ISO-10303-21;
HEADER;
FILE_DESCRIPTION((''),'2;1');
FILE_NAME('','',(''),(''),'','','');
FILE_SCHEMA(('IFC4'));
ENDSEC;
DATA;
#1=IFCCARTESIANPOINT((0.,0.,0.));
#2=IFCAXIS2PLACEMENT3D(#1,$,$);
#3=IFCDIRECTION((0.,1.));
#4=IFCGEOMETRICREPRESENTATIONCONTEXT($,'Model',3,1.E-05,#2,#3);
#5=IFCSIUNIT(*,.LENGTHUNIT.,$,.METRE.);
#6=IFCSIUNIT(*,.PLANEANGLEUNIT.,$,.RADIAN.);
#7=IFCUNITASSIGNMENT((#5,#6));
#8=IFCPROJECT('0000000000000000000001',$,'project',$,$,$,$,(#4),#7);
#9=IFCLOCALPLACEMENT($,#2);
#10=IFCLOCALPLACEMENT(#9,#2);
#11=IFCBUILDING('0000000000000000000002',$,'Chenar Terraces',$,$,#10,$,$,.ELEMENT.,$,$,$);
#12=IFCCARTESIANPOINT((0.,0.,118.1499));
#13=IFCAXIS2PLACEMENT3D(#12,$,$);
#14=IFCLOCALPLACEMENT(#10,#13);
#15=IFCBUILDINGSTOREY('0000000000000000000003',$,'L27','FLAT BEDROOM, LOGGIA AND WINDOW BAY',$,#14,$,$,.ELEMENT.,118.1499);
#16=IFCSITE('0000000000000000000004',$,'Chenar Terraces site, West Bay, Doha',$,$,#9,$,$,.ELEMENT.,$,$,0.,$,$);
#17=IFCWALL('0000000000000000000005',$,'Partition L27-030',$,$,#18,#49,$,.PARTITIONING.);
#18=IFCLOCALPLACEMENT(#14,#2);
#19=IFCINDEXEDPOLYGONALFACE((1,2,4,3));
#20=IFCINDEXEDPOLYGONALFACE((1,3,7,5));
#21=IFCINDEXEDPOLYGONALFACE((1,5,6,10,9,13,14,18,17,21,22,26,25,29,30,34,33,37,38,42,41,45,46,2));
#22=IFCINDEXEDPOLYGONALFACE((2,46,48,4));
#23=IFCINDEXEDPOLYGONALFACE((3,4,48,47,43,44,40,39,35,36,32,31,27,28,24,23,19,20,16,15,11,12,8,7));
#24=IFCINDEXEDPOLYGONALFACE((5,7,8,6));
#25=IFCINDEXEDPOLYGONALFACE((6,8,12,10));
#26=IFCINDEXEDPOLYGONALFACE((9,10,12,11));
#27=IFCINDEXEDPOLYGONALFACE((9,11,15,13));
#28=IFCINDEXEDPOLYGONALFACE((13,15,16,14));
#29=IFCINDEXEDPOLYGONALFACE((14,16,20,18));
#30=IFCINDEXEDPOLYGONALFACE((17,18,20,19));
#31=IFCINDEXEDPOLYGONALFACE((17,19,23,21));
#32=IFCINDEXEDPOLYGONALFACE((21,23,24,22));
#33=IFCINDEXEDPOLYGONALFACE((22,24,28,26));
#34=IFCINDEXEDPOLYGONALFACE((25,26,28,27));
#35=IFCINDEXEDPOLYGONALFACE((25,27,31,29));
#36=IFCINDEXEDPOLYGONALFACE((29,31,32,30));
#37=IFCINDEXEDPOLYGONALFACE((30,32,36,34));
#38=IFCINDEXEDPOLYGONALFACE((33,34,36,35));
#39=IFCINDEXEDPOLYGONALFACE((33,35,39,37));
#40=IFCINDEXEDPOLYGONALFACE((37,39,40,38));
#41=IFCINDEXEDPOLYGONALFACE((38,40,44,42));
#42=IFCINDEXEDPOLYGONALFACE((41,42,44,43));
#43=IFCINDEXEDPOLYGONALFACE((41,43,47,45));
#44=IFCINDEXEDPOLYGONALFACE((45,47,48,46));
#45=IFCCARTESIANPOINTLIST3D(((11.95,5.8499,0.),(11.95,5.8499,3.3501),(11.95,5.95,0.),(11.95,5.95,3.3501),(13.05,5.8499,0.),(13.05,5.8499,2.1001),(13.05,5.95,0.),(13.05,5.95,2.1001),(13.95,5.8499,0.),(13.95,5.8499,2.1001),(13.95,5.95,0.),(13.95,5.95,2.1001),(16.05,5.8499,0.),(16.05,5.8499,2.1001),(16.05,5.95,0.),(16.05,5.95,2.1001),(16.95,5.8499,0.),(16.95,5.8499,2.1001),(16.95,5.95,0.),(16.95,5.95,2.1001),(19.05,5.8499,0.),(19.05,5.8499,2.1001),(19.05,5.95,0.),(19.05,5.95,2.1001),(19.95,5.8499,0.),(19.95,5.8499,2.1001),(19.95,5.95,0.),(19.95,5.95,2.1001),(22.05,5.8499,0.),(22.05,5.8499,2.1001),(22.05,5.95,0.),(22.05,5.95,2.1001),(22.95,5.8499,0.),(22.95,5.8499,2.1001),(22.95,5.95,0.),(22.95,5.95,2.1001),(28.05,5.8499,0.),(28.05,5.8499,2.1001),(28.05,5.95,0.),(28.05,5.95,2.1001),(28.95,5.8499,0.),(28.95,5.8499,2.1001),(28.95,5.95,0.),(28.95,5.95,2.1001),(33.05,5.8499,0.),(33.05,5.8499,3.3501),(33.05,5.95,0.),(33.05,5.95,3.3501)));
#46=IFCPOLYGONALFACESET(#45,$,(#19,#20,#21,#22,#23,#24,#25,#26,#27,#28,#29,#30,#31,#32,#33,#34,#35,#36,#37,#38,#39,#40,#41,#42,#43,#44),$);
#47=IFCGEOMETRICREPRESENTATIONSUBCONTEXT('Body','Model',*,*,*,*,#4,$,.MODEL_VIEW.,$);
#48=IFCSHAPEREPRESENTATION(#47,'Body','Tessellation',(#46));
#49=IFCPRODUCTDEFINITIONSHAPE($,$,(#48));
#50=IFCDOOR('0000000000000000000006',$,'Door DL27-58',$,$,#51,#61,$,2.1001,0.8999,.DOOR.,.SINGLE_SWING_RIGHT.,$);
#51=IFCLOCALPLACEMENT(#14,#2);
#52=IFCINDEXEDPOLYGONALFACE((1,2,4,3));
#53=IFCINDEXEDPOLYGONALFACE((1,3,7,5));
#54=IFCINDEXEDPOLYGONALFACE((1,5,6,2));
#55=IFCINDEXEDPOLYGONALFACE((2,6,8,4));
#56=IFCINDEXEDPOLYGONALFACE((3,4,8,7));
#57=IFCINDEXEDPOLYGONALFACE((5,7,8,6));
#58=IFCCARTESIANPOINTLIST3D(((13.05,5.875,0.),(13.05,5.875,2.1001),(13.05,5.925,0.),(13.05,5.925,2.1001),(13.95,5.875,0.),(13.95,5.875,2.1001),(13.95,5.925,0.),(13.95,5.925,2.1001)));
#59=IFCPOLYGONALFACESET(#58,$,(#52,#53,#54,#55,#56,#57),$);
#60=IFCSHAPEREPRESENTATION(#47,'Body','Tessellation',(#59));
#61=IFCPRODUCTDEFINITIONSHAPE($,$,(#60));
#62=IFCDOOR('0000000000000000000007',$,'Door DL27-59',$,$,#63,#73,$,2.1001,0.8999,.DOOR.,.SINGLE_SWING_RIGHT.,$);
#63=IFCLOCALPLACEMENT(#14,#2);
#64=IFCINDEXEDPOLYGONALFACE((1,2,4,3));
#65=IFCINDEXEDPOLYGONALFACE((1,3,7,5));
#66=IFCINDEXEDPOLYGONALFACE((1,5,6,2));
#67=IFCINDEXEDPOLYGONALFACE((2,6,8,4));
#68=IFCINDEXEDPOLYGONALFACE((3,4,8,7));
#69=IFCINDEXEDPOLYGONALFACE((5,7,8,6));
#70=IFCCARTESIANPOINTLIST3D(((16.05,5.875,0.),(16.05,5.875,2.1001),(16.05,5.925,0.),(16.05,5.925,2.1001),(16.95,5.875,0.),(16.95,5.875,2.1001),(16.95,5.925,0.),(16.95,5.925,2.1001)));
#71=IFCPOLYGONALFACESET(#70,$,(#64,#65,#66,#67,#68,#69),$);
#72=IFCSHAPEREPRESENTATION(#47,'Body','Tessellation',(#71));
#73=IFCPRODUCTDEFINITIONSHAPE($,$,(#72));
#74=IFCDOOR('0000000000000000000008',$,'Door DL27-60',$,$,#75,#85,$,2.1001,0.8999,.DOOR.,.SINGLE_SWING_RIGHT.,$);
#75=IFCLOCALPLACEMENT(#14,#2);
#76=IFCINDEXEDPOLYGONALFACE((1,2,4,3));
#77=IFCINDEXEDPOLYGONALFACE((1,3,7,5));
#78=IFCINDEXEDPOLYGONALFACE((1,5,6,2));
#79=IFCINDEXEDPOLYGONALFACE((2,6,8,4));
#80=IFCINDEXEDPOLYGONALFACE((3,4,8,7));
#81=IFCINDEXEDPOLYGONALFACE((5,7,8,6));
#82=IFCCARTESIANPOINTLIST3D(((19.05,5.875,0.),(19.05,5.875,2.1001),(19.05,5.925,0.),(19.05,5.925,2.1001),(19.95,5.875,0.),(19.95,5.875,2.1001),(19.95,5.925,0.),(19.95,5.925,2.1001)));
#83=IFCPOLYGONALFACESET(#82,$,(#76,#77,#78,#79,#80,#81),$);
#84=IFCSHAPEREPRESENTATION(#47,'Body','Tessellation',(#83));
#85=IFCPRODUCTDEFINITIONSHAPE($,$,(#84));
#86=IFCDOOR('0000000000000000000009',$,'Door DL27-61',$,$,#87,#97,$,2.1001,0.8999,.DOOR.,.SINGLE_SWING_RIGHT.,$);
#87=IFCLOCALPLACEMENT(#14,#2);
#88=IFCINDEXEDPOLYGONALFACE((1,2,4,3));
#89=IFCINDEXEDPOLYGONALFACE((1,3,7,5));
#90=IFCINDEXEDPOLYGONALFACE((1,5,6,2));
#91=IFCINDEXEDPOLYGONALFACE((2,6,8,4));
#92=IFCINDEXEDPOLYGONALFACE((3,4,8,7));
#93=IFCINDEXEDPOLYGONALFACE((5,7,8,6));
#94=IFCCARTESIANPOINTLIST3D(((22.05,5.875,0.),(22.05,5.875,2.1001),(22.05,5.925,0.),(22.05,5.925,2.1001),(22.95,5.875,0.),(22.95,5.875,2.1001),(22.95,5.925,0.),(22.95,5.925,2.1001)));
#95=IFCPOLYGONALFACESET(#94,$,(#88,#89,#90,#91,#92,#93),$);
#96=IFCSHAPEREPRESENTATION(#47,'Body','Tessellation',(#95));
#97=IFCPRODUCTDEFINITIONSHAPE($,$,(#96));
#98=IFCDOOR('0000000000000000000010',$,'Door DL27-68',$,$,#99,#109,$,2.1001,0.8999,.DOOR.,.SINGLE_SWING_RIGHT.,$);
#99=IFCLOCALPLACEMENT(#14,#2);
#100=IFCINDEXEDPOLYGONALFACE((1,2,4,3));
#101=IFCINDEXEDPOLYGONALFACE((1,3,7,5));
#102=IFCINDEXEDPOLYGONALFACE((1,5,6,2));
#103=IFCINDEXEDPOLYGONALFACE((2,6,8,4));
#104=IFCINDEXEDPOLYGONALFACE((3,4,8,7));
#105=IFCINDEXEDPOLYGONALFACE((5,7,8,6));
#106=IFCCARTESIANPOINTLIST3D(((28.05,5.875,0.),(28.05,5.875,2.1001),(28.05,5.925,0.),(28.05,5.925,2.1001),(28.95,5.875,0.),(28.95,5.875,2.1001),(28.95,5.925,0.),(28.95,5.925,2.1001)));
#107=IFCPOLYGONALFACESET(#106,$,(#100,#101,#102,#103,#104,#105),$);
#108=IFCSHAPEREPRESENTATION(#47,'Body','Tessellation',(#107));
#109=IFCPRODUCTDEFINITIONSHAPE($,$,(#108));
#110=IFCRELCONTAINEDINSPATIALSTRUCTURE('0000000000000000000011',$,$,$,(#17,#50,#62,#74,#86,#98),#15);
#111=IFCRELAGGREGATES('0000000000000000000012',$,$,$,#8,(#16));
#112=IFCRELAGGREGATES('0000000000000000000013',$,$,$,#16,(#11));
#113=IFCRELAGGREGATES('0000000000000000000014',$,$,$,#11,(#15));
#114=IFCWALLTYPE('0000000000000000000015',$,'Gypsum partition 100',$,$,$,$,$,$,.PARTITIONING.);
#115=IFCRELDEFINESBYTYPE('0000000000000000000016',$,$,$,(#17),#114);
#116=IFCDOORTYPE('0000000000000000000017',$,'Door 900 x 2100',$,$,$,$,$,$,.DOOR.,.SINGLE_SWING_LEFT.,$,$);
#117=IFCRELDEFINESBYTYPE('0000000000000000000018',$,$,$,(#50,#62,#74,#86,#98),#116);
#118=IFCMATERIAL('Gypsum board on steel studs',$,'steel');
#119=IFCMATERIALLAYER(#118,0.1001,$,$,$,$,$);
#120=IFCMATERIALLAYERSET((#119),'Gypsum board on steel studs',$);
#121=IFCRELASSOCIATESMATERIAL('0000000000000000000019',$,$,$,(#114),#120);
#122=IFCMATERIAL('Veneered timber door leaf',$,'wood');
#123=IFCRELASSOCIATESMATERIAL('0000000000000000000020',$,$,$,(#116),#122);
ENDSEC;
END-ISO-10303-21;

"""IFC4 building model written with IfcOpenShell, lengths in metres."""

from ifc_helpers import new_model, si_unit, direction, frame, frame_2d, origin, place, context, subcontext, project, spatial, rectangle, extrude, material, layer, layer_set, type_object, element, fill, save


model = new_model("IFC4")

# Units and contexts
model_context = context("Model", 3, precision=1e-05, world=origin(), true_north=direction((0.0, 1.0)))
body_context = subcontext(model_context, "Body", "Model", "MODEL_VIEW")
ifc_project = project(units=[si_unit("LENGTHUNIT", "METRE"), si_unit("PLANEANGLEUNIT", "RADIAN")], contexts=[model_context])

# Site, building, storey
site_placement = place(None, origin())
site = spatial("IfcSite", under=ifc_project, at=site_placement, Name="Chenar Terraces site, West Bay, Doha", CompositionType="ELEMENT", RefElevation=0.0)
building_placement = place(site_placement, origin())
building = spatial("IfcBuilding", under=site, at=building_placement, Name="Chenar Terraces", CompositionType="ELEMENT")
storey_placement = place(building_placement, frame((0.0, 0.0, 118.1499)))
storey = spatial("IfcBuildingStorey", under=building, at=storey_placement, Name="L27", Description="FLAT BEDROOM, LOGGIA AND WINDOW BAY", CompositionType="ELEMENT", Elevation=118.1499)

# Shared definitions
ifc_material_1 = material(Name="Gypsum board on steel studs", Category="steel")
ifc_layer_1 = layer(ifc_material_1, 0.1001)
ifc_layer_set_1 = layer_set([ifc_layer_1], Name="Gypsum board on steel studs")
wall_type_1 = type_object("IfcWallType", Name="Gypsum partition 100", PredefinedType="PARTITIONING", material=ifc_layer_set_1)
ifc_material_2 = material(Name="Veneered timber door leaf", Category="wood")
door_type_1 = type_object("IfcDoorType", Name="Door 900 x 2100", OperationType="SINGLE_SWING_LEFT", PredefinedType="DOOR", material=ifc_material_2)

# Wall, openings, doors
wall_1_placement = place(storey_placement, frame((11.95, 5.8999, 0.0), z_axis=(0.0, 0.0, 1.0), x_axis=(1.0, 0.0, 0.0)))
wall_1 = element("IfcWall", 1, at=wall_1_placement, inside=storey, type_object=wall_type_1, Name="Partition L27-030", PredefinedType="PARTITIONING", context=body_context, shape_type="SweptSolid", body=[
    extrude(rectangle(XDim=21.1001, YDim=0.1001, at=frame_2d((10.55, 0.0))), origin(), (0.0, 0.0, 1.0), 3.3501),
])
opening_1_placement = place(wall_1_placement, frame((1.1001, 0.0, 0.0)))
opening_1 = element("IfcOpeningElement", 2, at=opening_1_placement, cuts=wall_1, PredefinedType="OPENING", context=body_context, shape_type="SweptSolid", body=[
    extrude(rectangle(XDim=0.8999, YDim=2.1001, at=frame_2d((0.45, 1.05))), frame((0.0, 0.0601, 0.0), z_axis=(0.0, -1.0, 0.0), x_axis=(1.0, 0.0, 0.0)), (0.0, 0.0, 1.0), 0.1201),
])
opening_2_placement = place(wall_1_placement, frame((4.1001, 0.0, 0.0)))
opening_2 = element("IfcOpeningElement", 3, at=opening_2_placement, cuts=wall_1, PredefinedType="OPENING", context=body_context, shape_type="SweptSolid", body=[
    extrude(rectangle(XDim=0.8999, YDim=2.1001, at=frame_2d((0.45, 1.05))), frame((0.0, 0.0601, 0.0), z_axis=(0.0, -1.0, 0.0), x_axis=(1.0, 0.0, 0.0)), (0.0, 0.0, 1.0), 0.1201),
])
opening_3_placement = place(wall_1_placement, frame((7.1001, 0.0, 0.0)))
opening_3 = element("IfcOpeningElement", 4, at=opening_3_placement, cuts=wall_1, PredefinedType="OPENING", context=body_context, shape_type="SweptSolid", body=[
    extrude(rectangle(XDim=0.8999, YDim=2.1001, at=frame_2d((0.45, 1.05))), frame((0.0, 0.0601, 0.0), z_axis=(0.0, -1.0, 0.0), x_axis=(1.0, 0.0, 0.0)), (0.0, 0.0, 1.0), 0.1201),
])
opening_4_placement = place(wall_1_placement, frame((10.1001, 0.0, 0.0)))
opening_4 = element("IfcOpeningElement", 5, at=opening_4_placement, cuts=wall_1, PredefinedType="OPENING", context=body_context, shape_type="SweptSolid", body=[
    extrude(rectangle(XDim=0.8999, YDim=2.1001, at=frame_2d((0.45, 1.05))), frame((0.0, 0.0601, 0.0), z_axis=(0.0, -1.0, 0.0), x_axis=(1.0, 0.0, 0.0)), (0.0, 0.0, 1.0), 0.1201),
])
opening_5_placement = place(wall_1_placement, frame((16.1001, 0.0, 0.0)))
opening_5 = element("IfcOpeningElement", 6, at=opening_5_placement, cuts=wall_1, PredefinedType="OPENING", context=body_context, shape_type="SweptSolid", body=[
    extrude(rectangle(XDim=0.8999, YDim=2.1001, at=frame_2d((0.45, 1.05))), frame((0.0, 0.0601, 0.0), z_axis=(0.0, -1.0, 0.0), x_axis=(1.0, 0.0, 0.0)), (0.0, 0.0, 1.0), 0.1201),
])
door_1_placement = place(opening_1_placement, frame((0.8999, 0.0, 0.0), z_axis=(0.0, 0.0, 1.0), x_axis=(-1.0, 0.0, 0.0)))
door_1 = element("IfcDoor", 7, at=door_1_placement, inside=storey, type_object=door_type_1, Name="Door DL27-58", OperationType="SINGLE_SWING_RIGHT", OverallHeight=2.1001, OverallWidth=0.8999, PredefinedType="DOOR", context=body_context, shape_type="SweptSolid", body=[
    extrude(rectangle(XDim=0.8999, YDim=2.1001, at=frame_2d((0.45, 1.05))), frame((0.0, 0.0249, 0.0), z_axis=(0.0, -1.0, 0.0), x_axis=(1.0, 0.0, 0.0)), (0.0, 0.0, 1.0), 0.05),
])
fill(opening_1, door_1)
door_2_placement = place(opening_2_placement, frame((0.8999, 0.0, 0.0), z_axis=(0.0, 0.0, 1.0), x_axis=(-1.0, 0.0, 0.0)))
door_2 = element("IfcDoor", 8, at=door_2_placement, inside=storey, type_object=door_type_1, Name="Door DL27-59", OperationType="SINGLE_SWING_RIGHT", OverallHeight=2.1001, OverallWidth=0.8999, PredefinedType="DOOR", context=body_context, shape_type="SweptSolid", body=[
    extrude(rectangle(XDim=0.8999, YDim=2.1001, at=frame_2d((0.45, 1.05))), frame((0.0, 0.0249, 0.0), z_axis=(0.0, -1.0, 0.0), x_axis=(1.0, 0.0, 0.0)), (0.0, 0.0, 1.0), 0.05),
])
fill(opening_2, door_2)
door_3_placement = place(opening_3_placement, frame((0.8999, 0.0, 0.0), z_axis=(0.0, 0.0, 1.0), x_axis=(-1.0, 0.0, 0.0)))
door_3 = element("IfcDoor", 9, at=door_3_placement, inside=storey, type_object=door_type_1, Name="Door DL27-60", OperationType="SINGLE_SWING_RIGHT", OverallHeight=2.1001, OverallWidth=0.8999, PredefinedType="DOOR", context=body_context, shape_type="SweptSolid", body=[
    extrude(rectangle(XDim=0.8999, YDim=2.1001, at=frame_2d((0.45, 1.05))), frame((0.0, 0.0249, 0.0), z_axis=(0.0, -1.0, 0.0), x_axis=(1.0, 0.0, 0.0)), (0.0, 0.0, 1.0), 0.05),
])
fill(opening_3, door_3)
door_4_placement = place(opening_4_placement, frame((0.8999, 0.0, 0.0), z_axis=(0.0, 0.0, 1.0), x_axis=(-1.0, 0.0, 0.0)))
door_4 = element("IfcDoor", 10, at=door_4_placement, inside=storey, type_object=door_type_1, Name="Door DL27-61", OperationType="SINGLE_SWING_RIGHT", OverallHeight=2.1001, OverallWidth=0.8999, PredefinedType="DOOR", context=body_context, shape_type="SweptSolid", body=[
    extrude(rectangle(XDim=0.8999, YDim=2.1001, at=frame_2d((0.45, 1.05))), frame((0.0, 0.0249, 0.0), z_axis=(0.0, -1.0, 0.0), x_axis=(1.0, 0.0, 0.0)), (0.0, 0.0, 1.0), 0.05),
])
fill(opening_4, door_4)
door_5_placement = place(opening_5_placement, frame((0.8999, 0.0, 0.0), z_axis=(0.0, 0.0, 1.0), x_axis=(-1.0, 0.0, 0.0)))
door_5 = element("IfcDoor", 11, at=door_5_placement, inside=storey, type_object=door_type_1, Name="Door DL27-68", OperationType="SINGLE_SWING_RIGHT", OverallHeight=2.1001, OverallWidth=0.8999, PredefinedType="DOOR", context=body_context, shape_type="SweptSolid", body=[
    extrude(rectangle(XDim=0.8999, YDim=2.1001, at=frame_2d((0.45, 1.05))), frame((0.0, 0.0249, 0.0), z_axis=(0.0, -1.0, 0.0), x_axis=(1.0, 0.0, 0.0)), (0.0, 0.0, 1.0), 0.05),
])
fill(opening_5, door_5)

save(model, "model.ifc")
